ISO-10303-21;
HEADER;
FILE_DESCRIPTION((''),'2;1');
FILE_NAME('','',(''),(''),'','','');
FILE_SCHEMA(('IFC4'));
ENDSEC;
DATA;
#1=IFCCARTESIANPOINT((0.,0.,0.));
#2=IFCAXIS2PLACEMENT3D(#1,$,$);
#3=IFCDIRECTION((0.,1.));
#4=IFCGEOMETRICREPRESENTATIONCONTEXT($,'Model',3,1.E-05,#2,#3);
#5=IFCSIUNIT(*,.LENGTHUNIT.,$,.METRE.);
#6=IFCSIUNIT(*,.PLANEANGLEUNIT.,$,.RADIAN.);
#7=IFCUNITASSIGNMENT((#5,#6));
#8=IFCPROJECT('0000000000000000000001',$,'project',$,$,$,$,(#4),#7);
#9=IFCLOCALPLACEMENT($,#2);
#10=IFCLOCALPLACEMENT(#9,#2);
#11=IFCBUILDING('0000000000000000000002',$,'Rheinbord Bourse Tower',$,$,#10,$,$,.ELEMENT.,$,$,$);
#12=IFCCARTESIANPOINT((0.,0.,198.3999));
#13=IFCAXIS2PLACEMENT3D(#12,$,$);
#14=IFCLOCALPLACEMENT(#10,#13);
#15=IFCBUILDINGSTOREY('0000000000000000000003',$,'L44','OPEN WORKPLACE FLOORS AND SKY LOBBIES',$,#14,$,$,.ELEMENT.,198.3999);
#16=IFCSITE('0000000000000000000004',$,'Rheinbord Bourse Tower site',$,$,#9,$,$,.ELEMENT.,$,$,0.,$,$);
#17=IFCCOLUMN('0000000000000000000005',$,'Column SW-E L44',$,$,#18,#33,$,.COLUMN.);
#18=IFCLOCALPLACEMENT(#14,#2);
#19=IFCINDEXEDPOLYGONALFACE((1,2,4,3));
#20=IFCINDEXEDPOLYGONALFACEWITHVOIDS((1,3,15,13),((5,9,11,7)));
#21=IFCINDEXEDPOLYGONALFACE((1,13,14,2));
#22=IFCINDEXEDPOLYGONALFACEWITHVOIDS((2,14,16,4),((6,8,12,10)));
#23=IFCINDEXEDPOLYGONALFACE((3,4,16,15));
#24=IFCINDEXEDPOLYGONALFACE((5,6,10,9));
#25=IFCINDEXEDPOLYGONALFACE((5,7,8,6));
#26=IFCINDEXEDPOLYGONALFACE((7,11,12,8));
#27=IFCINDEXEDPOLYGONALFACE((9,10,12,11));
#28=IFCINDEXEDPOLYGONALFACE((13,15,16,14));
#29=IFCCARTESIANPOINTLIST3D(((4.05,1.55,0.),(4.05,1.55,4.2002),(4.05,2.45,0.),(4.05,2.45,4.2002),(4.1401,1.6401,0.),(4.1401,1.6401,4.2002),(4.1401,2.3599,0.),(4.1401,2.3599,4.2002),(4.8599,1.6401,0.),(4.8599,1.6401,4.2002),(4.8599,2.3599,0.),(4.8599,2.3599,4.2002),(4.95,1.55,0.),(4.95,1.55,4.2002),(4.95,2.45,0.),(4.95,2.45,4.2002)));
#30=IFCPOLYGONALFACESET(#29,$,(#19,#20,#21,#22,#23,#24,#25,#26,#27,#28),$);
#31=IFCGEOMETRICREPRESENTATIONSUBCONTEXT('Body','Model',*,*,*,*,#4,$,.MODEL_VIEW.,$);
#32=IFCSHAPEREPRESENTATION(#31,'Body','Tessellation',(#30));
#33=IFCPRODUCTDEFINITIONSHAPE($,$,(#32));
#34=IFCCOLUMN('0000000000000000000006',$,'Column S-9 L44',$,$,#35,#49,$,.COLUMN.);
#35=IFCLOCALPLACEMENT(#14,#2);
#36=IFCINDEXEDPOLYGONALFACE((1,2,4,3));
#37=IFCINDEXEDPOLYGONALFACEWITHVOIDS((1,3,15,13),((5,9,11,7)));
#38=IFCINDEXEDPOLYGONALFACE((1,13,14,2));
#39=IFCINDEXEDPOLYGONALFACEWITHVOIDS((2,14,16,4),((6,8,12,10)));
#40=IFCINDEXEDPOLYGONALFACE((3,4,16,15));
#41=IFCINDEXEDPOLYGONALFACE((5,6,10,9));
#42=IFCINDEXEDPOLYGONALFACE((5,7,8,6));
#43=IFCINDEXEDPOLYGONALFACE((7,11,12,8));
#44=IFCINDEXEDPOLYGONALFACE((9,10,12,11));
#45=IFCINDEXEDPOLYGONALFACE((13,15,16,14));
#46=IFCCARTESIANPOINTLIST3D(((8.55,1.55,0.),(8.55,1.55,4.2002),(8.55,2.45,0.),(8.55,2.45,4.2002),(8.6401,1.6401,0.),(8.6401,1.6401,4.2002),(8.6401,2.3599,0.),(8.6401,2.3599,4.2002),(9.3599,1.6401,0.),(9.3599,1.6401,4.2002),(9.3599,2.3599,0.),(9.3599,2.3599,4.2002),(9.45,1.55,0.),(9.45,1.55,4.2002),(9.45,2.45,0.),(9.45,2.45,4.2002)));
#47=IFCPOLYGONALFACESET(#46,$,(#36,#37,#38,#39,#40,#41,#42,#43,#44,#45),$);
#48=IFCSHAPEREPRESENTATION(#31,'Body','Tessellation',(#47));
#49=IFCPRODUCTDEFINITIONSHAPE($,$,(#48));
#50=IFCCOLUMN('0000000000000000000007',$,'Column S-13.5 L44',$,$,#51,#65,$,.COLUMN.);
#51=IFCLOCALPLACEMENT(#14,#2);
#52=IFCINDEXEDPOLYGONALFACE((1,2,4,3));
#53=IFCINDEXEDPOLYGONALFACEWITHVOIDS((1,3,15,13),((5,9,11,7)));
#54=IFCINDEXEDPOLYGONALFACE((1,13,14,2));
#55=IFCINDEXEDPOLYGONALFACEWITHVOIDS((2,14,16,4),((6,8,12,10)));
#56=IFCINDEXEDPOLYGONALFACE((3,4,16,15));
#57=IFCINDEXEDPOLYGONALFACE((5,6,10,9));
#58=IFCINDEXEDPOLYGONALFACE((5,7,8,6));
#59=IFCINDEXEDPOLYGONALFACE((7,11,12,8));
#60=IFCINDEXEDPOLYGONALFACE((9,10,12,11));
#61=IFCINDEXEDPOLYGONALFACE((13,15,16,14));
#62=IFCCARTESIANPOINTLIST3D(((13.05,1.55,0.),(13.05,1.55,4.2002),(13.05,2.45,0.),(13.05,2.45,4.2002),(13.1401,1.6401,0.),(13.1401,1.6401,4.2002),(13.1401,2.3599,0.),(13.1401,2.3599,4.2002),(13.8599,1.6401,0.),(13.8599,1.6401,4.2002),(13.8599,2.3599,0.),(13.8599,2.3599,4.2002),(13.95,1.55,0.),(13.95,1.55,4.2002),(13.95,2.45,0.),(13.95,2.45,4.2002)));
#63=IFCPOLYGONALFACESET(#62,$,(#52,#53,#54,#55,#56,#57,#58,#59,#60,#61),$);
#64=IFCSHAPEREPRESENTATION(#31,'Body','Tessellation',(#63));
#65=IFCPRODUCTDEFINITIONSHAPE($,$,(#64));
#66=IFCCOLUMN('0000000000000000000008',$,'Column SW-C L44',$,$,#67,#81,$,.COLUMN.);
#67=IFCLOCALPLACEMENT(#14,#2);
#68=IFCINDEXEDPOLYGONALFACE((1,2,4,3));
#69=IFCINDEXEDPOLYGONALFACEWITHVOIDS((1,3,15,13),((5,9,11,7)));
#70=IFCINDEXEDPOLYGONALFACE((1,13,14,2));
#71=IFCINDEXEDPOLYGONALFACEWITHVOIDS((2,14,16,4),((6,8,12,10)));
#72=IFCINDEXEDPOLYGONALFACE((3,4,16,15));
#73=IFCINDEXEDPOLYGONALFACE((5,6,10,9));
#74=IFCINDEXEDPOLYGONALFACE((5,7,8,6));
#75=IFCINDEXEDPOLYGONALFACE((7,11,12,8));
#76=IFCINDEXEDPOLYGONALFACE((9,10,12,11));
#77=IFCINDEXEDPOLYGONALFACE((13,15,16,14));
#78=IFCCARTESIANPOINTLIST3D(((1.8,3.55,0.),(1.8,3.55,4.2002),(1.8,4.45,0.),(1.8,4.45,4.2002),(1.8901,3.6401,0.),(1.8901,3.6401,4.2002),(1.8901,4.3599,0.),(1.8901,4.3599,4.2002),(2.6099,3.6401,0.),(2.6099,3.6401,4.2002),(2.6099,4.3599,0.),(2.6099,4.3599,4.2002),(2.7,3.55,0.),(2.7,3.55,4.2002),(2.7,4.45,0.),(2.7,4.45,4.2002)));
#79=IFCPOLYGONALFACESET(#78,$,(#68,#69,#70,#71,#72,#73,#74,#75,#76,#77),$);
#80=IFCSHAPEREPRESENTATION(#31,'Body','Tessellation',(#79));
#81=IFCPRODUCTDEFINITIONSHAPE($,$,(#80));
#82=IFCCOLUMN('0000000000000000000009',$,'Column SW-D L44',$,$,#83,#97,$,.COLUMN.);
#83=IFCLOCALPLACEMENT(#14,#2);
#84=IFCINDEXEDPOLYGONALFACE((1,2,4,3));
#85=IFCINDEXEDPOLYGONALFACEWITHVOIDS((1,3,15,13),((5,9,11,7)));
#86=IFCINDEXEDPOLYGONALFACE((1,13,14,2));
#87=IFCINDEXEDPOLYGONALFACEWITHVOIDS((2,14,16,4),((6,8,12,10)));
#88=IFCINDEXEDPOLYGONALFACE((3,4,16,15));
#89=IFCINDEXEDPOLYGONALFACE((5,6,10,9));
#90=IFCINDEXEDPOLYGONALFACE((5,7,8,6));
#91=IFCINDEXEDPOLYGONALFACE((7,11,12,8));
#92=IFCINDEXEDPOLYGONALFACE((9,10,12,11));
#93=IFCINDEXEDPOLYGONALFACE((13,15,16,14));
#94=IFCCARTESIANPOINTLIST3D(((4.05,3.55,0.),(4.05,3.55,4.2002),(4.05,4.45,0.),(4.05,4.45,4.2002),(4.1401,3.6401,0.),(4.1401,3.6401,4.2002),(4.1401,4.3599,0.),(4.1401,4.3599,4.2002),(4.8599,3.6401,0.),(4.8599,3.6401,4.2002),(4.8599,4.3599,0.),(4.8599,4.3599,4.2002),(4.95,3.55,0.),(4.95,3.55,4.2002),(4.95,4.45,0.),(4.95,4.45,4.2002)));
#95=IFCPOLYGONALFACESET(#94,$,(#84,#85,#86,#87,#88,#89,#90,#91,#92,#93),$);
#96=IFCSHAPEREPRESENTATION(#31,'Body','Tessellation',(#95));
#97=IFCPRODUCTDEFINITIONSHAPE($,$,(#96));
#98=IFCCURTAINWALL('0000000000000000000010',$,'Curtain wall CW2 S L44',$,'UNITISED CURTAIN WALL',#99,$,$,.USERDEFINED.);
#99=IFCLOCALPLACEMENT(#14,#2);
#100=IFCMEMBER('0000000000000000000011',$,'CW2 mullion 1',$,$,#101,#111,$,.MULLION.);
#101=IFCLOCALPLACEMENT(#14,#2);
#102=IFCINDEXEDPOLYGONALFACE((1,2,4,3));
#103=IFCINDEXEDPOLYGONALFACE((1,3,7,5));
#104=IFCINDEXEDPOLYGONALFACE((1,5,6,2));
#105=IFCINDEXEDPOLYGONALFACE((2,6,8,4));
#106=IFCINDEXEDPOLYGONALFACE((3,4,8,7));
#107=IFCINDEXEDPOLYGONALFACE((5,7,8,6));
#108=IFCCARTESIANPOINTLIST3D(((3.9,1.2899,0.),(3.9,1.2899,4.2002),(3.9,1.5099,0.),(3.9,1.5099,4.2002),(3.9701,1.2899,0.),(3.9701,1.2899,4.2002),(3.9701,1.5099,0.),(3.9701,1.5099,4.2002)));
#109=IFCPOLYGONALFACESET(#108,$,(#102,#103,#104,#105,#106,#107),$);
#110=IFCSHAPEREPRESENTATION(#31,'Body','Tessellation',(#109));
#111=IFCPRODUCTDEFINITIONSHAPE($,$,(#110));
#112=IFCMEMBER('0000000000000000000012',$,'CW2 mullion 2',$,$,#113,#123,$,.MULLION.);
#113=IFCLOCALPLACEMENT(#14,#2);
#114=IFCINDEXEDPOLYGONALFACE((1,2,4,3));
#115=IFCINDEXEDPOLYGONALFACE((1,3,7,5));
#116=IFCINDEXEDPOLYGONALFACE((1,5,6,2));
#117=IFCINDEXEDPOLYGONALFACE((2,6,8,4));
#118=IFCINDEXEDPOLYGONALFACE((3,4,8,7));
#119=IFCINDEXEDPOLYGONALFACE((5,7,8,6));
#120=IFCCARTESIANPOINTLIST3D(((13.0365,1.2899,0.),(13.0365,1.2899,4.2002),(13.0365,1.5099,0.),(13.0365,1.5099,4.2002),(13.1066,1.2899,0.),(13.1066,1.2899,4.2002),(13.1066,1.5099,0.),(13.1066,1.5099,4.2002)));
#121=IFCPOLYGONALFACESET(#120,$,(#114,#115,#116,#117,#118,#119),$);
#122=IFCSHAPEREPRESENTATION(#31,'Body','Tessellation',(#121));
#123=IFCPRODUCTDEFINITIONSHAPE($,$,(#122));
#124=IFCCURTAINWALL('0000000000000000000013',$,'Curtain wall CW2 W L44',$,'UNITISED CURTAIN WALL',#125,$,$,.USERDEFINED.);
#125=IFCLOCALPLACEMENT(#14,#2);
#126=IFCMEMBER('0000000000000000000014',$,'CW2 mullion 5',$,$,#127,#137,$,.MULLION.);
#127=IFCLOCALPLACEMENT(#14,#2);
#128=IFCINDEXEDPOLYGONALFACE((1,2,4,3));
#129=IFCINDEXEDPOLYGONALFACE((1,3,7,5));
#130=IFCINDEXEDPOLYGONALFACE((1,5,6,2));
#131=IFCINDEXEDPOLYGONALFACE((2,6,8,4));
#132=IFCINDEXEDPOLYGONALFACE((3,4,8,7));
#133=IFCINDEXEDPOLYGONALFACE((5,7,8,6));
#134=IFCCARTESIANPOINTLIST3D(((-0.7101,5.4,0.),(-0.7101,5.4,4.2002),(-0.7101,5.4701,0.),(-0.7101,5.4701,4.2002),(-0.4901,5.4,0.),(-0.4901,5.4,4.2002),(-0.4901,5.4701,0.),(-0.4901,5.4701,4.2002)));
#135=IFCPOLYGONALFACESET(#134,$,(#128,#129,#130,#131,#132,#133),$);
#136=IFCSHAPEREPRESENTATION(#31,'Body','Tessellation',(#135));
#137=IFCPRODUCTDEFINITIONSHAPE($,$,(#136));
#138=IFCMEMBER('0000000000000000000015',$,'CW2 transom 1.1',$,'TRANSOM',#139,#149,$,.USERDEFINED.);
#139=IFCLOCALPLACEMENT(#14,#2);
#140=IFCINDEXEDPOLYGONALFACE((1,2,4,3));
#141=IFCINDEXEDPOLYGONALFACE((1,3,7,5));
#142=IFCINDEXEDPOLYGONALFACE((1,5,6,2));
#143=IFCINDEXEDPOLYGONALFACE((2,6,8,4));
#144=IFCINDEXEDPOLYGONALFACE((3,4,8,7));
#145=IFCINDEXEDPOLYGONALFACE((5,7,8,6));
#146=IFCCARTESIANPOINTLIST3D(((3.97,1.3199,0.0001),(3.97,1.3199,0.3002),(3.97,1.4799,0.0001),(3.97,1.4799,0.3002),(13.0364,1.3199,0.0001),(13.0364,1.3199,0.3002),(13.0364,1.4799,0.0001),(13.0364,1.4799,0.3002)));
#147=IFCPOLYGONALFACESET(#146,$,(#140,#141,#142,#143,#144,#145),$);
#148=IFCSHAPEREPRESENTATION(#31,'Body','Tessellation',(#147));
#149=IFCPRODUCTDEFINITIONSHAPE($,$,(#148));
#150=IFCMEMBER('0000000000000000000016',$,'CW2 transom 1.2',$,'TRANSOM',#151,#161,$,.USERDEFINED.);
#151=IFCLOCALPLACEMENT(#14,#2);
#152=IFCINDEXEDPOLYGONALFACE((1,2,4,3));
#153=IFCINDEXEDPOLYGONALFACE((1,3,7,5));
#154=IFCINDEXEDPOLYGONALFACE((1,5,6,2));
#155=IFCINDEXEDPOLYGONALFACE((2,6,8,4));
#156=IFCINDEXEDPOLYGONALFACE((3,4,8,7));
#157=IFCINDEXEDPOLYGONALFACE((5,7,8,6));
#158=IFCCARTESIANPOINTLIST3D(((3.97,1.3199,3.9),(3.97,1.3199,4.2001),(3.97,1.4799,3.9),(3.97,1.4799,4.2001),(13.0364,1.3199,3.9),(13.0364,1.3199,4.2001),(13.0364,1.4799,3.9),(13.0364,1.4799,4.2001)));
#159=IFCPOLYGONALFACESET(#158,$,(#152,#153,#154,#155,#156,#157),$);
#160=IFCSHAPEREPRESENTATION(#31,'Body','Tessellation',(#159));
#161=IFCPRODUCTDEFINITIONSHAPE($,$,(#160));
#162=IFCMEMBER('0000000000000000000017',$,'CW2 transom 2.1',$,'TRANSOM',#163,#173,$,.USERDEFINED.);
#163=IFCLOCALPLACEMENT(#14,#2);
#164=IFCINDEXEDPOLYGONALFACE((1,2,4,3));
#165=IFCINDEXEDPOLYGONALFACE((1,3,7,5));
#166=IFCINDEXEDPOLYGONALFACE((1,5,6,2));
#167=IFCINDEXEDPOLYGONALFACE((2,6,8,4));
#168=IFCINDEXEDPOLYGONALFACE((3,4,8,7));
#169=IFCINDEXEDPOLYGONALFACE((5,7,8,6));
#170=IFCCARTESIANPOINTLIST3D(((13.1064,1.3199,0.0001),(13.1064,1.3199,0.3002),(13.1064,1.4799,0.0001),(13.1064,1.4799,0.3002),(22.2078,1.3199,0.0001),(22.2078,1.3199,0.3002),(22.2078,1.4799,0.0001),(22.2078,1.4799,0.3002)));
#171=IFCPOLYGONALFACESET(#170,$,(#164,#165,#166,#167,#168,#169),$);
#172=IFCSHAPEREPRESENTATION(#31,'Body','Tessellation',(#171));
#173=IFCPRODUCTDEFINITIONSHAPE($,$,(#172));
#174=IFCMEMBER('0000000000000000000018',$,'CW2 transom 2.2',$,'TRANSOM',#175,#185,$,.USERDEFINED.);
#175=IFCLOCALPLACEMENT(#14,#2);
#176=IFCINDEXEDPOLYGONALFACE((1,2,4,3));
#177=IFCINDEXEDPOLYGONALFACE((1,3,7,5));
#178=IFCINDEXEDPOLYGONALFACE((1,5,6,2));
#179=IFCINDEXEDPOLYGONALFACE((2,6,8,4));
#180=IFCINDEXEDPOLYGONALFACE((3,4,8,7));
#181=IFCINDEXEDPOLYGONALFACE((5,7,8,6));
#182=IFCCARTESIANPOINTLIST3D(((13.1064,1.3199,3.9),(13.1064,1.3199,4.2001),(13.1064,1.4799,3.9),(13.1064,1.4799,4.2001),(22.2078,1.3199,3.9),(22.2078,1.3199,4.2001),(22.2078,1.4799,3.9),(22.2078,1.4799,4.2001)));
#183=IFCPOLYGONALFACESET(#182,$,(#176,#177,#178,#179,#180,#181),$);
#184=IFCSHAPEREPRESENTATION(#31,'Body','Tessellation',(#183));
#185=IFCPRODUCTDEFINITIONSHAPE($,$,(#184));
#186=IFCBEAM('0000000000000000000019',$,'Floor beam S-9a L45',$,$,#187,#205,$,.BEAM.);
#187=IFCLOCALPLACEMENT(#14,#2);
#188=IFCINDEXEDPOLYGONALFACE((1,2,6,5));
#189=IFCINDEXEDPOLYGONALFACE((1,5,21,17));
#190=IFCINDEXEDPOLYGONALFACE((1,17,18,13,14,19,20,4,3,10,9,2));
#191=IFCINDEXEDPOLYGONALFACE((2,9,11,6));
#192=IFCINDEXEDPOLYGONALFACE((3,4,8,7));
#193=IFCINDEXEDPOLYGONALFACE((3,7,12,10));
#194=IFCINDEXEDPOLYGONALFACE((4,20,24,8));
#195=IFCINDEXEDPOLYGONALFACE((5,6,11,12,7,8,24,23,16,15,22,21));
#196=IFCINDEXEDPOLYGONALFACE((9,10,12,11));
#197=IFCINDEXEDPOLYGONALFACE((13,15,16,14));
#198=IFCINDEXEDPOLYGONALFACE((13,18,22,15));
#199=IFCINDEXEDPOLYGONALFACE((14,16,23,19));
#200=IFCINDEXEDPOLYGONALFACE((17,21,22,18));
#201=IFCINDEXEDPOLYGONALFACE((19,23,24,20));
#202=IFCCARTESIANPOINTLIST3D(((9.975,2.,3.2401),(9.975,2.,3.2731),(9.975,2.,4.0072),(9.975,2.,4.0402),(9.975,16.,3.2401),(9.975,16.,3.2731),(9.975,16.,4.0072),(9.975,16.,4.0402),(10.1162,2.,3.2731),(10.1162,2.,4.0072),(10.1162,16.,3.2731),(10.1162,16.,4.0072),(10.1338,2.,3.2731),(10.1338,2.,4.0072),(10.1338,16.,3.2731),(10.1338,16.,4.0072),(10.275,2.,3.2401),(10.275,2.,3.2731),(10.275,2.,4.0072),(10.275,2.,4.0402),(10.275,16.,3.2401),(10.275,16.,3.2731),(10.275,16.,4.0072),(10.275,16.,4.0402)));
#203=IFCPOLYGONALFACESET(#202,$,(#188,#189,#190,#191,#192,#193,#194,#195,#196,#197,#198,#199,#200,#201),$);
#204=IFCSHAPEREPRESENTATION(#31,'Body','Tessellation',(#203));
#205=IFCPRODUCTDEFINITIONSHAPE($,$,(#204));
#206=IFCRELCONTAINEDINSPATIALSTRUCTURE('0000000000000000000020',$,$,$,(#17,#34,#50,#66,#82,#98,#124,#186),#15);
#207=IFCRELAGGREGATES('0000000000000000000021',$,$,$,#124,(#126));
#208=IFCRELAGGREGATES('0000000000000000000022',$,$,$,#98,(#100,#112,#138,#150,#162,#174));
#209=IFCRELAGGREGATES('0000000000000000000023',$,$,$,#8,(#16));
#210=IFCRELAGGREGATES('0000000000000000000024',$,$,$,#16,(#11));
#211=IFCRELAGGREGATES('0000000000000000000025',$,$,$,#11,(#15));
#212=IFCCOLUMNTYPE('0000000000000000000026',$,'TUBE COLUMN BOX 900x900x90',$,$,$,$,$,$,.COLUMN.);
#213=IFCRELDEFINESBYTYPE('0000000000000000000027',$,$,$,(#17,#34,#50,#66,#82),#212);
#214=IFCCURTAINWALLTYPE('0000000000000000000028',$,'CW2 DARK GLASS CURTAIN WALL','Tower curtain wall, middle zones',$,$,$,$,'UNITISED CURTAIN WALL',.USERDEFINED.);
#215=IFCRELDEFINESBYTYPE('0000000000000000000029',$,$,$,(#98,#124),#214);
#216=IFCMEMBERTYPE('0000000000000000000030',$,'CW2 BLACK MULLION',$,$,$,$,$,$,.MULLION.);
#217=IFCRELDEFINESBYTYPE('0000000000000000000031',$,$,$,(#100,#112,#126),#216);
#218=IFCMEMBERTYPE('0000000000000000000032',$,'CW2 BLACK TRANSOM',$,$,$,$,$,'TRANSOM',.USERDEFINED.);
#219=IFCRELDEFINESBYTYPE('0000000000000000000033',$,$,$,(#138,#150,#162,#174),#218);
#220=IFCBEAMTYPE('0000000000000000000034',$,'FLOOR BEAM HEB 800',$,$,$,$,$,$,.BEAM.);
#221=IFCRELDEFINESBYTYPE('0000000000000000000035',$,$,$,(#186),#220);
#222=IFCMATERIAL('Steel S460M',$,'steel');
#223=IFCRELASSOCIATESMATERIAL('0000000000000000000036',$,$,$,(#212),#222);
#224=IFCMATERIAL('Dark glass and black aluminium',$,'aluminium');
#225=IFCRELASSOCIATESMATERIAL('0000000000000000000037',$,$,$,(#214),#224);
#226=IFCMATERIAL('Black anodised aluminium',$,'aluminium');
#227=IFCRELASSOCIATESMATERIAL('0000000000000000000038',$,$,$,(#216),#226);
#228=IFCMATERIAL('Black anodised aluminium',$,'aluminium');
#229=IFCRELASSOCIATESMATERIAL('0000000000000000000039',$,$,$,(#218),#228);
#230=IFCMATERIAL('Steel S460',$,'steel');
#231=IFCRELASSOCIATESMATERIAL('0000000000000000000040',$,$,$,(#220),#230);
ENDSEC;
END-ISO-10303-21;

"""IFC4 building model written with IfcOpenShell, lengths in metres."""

from ifc_helpers import new_model, si_unit, direction, frame, origin, origin_2d, place, context, subcontext, project, spatial, rectangle, hollow_rectangle, i_section, extrude, material, material_profile, profile_set, type_object, element, aggregate, save


model = new_model("IFC4")

# Units and contexts
model_context = context("Model", 3, precision=1e-05, world=origin(), true_north=direction((0.0, 1.0)))
body_context = subcontext(model_context, "Body", "Model", "MODEL_VIEW")
ifc_project = project(units=[si_unit("LENGTHUNIT", "METRE"), si_unit("PLANEANGLEUNIT", "RADIAN")], contexts=[model_context])

# Site, building, storey
site_placement = place(None, origin())
site = spatial("IfcSite", under=ifc_project, at=site_placement, Name="Rheinbord Bourse Tower site", CompositionType="ELEMENT", RefElevation=0.0)
building_placement = place(site_placement, origin())
building = spatial("IfcBuilding", under=site, at=building_placement, Name="Rheinbord Bourse Tower", CompositionType="ELEMENT")
storey_placement = place(building_placement, frame((0.0, 0.0, 198.3999)))
storey = spatial("IfcBuildingStorey", under=building, at=storey_placement, Name="L44", Description="OPEN WORKPLACE FLOORS AND SKY LOBBIES", CompositionType="ELEMENT", Elevation=198.3999)

# Columns
ifc_material_1 = material(Name="Steel S460M", Category="steel")
ifc_material_profile_1 = material_profile(ifc_material_1, hollow_rectangle(XDim=0.8999, YDim=0.8999, WallThickness=0.0901, at=origin_2d()), Name="BOX 900x900x90")
ifc_profile_set_1 = profile_set([ifc_material_profile_1], Name="Steel S460M")
column_type = type_object("IfcColumnType", Name="TUBE COLUMN BOX 900x900x90", PredefinedType="COLUMN", material=ifc_profile_set_1)
for number, where, z_axis, x_axis, name in (
    (1, (4.5, 2.0, 0.0), (0.0, 0.0, 1.0), (0.0, 1.0, 0.0), "Column SW-E L44"),
    (2, (9.0, 2.0, 0.0), (0.0, 0.0, 1.0), (0.0, 1.0, 0.0), "Column S-9 L44"),
    (3, (13.5, 2.0, 0.0), (0.0, 0.0, 1.0), (0.0, 1.0, 0.0), "Column S-13.5 L44"),
    (4, (2.25, 4.0, 0.0), (0.0, 0.0, 1.0), (1.0, 0.0, 0.0), "Column SW-C L44"),
    (5, (4.5, 4.0, 0.0), (0.0, 0.0, 1.0), (0.0, 1.0, 0.0), "Column SW-D L44"),
):
    element("IfcColumn", number, at=place(storey_placement, frame(where, z_axis=z_axis, x_axis=x_axis)), inside=storey, type_object=column_type, Name=name, PredefinedType="COLUMN", context=body_context, shape_type="SweptSolid", body=[
        extrude(hollow_rectangle(XDim=0.8999, YDim=0.8999, WallThickness=0.0901, at=origin_2d()), origin(), (0.0, 0.0, 1.0), 4.2002),
    ])

# Curtain wall, members
ifc_material_2 = material(Name="Dark glass and black aluminium", Category="aluminium")
curtain_wall_type = type_object("IfcCurtainWallType", Name="CW2 DARK GLASS CURTAIN WALL", Description="Tower curtain wall, middle zones", ElementType="UNITISED CURTAIN WALL", PredefinedType="USERDEFINED", material=ifc_material_2)
curtain_wall_1_placement = place(storey_placement, origin())
curtain_wall_1 = element("IfcCurtainWall", 6, at=curtain_wall_1_placement, inside=storey, type_object=curtain_wall_type, Name="Curtain wall CW2 S L44", ObjectType="UNITISED CURTAIN WALL", PredefinedType="USERDEFINED")
ifc_material_3 = material(Name="Black anodised aluminium", Category="aluminium")
ifc_material_profile_2 = material_profile(ifc_material_3, rectangle(XDim=0.22, YDim=0.0701, at=origin_2d()), Name="CW2 MULLION 70x220")
ifc_profile_set_2 = profile_set([ifc_material_profile_2], Name="Black anodised aluminium")
member_type_1 = type_object("IfcMemberType", Name="CW2 BLACK MULLION", PredefinedType="MULLION", material=ifc_profile_set_2)
member_1_placement = place(storey_placement, frame((3.9351, 1.3999, 0.0), z_axis=(0.0, 0.0, 1.0), x_axis=(0.0, 1.0, 0.0)))
member_1 = element("IfcMember", 7, at=member_1_placement, type_object=member_type_1, Name="CW2 mullion 1", PredefinedType="MULLION", context=body_context, shape_type="SweptSolid", body=[
    extrude(rectangle(XDim=0.22, YDim=0.0701, at=origin_2d()), origin(), (0.0, 0.0, 1.0), 4.2002),
])
member_2_placement = place(storey_placement, frame((13.0715, 1.3999, 0.0), z_axis=(0.0, 0.0, 1.0), x_axis=(0.0, 1.0, 0.0)))
member_2 = element("IfcMember", 8, at=member_2_placement, type_object=member_type_1, Name="CW2 mullion 2", PredefinedType="MULLION", context=body_context, shape_type="SweptSolid", body=[
    extrude(rectangle(XDim=0.22, YDim=0.0701, at=origin_2d()), origin(), (0.0, 0.0, 1.0), 4.2002),
])

# Curtain wall, member
curtain_wall_2_placement = place(storey_placement, origin())
curtain_wall_2 = element("IfcCurtainWall", 9, at=curtain_wall_2_placement, inside=storey, type_object=curtain_wall_type, Name="Curtain wall CW2 W L44", ObjectType="UNITISED CURTAIN WALL", PredefinedType="USERDEFINED")
member_3_placement = place(storey_placement, frame((-0.6001, 5.4351, 0.0), z_axis=(0.0, 0.0, 1.0), x_axis=(1.0, 0.0, 0.0)))
member_3 = element("IfcMember", 10, at=member_3_placement, type_object=member_type_1, Name="CW2 mullion 5", PredefinedType="MULLION", context=body_context, shape_type="SweptSolid", body=[
    extrude(rectangle(XDim=0.22, YDim=0.0701, at=origin_2d()), origin(), (0.0, 0.0, 1.0), 4.2002),
])
aggregate(curtain_wall_2, [member_3])

# Members
ifc_material_4 = material(Name="Black anodised aluminium", Category="aluminium")
ifc_material_profile_3 = material_profile(ifc_material_4, rectangle(XDim=0.1599, YDim=0.3, at=origin_2d()), Name="CW2 TRANSOM 300x160")
ifc_profile_set_3 = profile_set([ifc_material_profile_3], Name="Black anodised aluminium")
member_type_2 = type_object("IfcMemberType", Name="CW2 BLACK TRANSOM", ElementType="TRANSOM", PredefinedType="USERDEFINED", material=ifc_profile_set_3)
member_4_placement = place(storey_placement, frame((3.97, 1.3999, 0.1501), z_axis=(1.0, 0.0, 0.0), x_axis=(0.0, 1.0, 0.0)))
member_4 = element("IfcMember", 11, at=member_4_placement, type_object=member_type_2, Name="CW2 transom 1.1", ObjectType="TRANSOM", PredefinedType="USERDEFINED", context=body_context, shape_type="SweptSolid", body=[
    extrude(rectangle(XDim=0.1599, YDim=0.3, at=origin_2d()), origin(), (0.0, 0.0, 1.0), 9.0664),
])
member_5_placement = place(storey_placement, frame((3.97, 1.3999, 4.05), z_axis=(1.0, 0.0, 0.0), x_axis=(0.0, 1.0, 0.0)))
member_5 = element("IfcMember", 12, at=member_5_placement, type_object=member_type_2, Name="CW2 transom 1.2", ObjectType="TRANSOM", PredefinedType="USERDEFINED", context=body_context, shape_type="SweptSolid", body=[
    extrude(rectangle(XDim=0.1599, YDim=0.3, at=origin_2d()), origin(), (0.0, 0.0, 1.0), 9.0664),
])
member_6_placement = place(storey_placement, frame((13.1064, 1.3999, 0.1501), z_axis=(1.0, 0.0, 0.0), x_axis=(0.0, 1.0, 0.0)))
member_6 = element("IfcMember", 13, at=member_6_placement, type_object=member_type_2, Name="CW2 transom 2.1", ObjectType="TRANSOM", PredefinedType="USERDEFINED", context=body_context, shape_type="SweptSolid", body=[
    extrude(rectangle(XDim=0.1599, YDim=0.3, at=origin_2d()), origin(), (0.0, 0.0, 1.0), 9.1013),
])
member_7_placement = place(storey_placement, frame((13.1064, 1.3999, 4.05), z_axis=(1.0, 0.0, 0.0), x_axis=(0.0, 1.0, 0.0)))
member_7 = element("IfcMember", 14, at=member_7_placement, type_object=member_type_2, Name="CW2 transom 2.2", ObjectType="TRANSOM", PredefinedType="USERDEFINED", context=body_context, shape_type="SweptSolid", body=[
    extrude(rectangle(XDim=0.1599, YDim=0.3, at=origin_2d()), origin(), (0.0, 0.0, 1.0), 9.1013),
])

# Beam
ifc_material_5 = material(Name="Steel S460", Category="steel")
ifc_material_profile_4 = material_profile(ifc_material_5, i_section(OverallWidth=0.3, OverallDepth=0.8, WebThickness=0.0176, FlangeThickness=0.033, at=origin_2d()), Name="HEB 800")
ifc_profile_set_4 = profile_set([ifc_material_profile_4], Name="Steel S460")
beam_type_1 = type_object("IfcBeamType", Name="FLOOR BEAM HEB 800", PredefinedType="BEAM", material=ifc_profile_set_4)
for number, where, z_axis, x_axis, name in (
    (15, (10.125, 2.0, 3.6401), (0.0, 1.0, 0.0), (-1.0, 0.0, 0.0), "Floor beam S-9a L45"),
):
    element("IfcBeam", number, at=place(storey_placement, frame(where, z_axis=z_axis, x_axis=x_axis)), inside=storey, type_object=beam_type_1, Name=name, PredefinedType="BEAM", context=body_context, shape_type="SweptSolid", body=[
        extrude(i_section(OverallWidth=0.3, OverallDepth=0.8, WebThickness=0.0176, FlangeThickness=0.033, at=origin_2d()), origin(), (0.0, 0.0, 1.0), 14.0),
    ])

aggregate(curtain_wall_1, [member_1, member_2, member_4, member_5, member_6, member_7])

save(model, "model.ifc")
